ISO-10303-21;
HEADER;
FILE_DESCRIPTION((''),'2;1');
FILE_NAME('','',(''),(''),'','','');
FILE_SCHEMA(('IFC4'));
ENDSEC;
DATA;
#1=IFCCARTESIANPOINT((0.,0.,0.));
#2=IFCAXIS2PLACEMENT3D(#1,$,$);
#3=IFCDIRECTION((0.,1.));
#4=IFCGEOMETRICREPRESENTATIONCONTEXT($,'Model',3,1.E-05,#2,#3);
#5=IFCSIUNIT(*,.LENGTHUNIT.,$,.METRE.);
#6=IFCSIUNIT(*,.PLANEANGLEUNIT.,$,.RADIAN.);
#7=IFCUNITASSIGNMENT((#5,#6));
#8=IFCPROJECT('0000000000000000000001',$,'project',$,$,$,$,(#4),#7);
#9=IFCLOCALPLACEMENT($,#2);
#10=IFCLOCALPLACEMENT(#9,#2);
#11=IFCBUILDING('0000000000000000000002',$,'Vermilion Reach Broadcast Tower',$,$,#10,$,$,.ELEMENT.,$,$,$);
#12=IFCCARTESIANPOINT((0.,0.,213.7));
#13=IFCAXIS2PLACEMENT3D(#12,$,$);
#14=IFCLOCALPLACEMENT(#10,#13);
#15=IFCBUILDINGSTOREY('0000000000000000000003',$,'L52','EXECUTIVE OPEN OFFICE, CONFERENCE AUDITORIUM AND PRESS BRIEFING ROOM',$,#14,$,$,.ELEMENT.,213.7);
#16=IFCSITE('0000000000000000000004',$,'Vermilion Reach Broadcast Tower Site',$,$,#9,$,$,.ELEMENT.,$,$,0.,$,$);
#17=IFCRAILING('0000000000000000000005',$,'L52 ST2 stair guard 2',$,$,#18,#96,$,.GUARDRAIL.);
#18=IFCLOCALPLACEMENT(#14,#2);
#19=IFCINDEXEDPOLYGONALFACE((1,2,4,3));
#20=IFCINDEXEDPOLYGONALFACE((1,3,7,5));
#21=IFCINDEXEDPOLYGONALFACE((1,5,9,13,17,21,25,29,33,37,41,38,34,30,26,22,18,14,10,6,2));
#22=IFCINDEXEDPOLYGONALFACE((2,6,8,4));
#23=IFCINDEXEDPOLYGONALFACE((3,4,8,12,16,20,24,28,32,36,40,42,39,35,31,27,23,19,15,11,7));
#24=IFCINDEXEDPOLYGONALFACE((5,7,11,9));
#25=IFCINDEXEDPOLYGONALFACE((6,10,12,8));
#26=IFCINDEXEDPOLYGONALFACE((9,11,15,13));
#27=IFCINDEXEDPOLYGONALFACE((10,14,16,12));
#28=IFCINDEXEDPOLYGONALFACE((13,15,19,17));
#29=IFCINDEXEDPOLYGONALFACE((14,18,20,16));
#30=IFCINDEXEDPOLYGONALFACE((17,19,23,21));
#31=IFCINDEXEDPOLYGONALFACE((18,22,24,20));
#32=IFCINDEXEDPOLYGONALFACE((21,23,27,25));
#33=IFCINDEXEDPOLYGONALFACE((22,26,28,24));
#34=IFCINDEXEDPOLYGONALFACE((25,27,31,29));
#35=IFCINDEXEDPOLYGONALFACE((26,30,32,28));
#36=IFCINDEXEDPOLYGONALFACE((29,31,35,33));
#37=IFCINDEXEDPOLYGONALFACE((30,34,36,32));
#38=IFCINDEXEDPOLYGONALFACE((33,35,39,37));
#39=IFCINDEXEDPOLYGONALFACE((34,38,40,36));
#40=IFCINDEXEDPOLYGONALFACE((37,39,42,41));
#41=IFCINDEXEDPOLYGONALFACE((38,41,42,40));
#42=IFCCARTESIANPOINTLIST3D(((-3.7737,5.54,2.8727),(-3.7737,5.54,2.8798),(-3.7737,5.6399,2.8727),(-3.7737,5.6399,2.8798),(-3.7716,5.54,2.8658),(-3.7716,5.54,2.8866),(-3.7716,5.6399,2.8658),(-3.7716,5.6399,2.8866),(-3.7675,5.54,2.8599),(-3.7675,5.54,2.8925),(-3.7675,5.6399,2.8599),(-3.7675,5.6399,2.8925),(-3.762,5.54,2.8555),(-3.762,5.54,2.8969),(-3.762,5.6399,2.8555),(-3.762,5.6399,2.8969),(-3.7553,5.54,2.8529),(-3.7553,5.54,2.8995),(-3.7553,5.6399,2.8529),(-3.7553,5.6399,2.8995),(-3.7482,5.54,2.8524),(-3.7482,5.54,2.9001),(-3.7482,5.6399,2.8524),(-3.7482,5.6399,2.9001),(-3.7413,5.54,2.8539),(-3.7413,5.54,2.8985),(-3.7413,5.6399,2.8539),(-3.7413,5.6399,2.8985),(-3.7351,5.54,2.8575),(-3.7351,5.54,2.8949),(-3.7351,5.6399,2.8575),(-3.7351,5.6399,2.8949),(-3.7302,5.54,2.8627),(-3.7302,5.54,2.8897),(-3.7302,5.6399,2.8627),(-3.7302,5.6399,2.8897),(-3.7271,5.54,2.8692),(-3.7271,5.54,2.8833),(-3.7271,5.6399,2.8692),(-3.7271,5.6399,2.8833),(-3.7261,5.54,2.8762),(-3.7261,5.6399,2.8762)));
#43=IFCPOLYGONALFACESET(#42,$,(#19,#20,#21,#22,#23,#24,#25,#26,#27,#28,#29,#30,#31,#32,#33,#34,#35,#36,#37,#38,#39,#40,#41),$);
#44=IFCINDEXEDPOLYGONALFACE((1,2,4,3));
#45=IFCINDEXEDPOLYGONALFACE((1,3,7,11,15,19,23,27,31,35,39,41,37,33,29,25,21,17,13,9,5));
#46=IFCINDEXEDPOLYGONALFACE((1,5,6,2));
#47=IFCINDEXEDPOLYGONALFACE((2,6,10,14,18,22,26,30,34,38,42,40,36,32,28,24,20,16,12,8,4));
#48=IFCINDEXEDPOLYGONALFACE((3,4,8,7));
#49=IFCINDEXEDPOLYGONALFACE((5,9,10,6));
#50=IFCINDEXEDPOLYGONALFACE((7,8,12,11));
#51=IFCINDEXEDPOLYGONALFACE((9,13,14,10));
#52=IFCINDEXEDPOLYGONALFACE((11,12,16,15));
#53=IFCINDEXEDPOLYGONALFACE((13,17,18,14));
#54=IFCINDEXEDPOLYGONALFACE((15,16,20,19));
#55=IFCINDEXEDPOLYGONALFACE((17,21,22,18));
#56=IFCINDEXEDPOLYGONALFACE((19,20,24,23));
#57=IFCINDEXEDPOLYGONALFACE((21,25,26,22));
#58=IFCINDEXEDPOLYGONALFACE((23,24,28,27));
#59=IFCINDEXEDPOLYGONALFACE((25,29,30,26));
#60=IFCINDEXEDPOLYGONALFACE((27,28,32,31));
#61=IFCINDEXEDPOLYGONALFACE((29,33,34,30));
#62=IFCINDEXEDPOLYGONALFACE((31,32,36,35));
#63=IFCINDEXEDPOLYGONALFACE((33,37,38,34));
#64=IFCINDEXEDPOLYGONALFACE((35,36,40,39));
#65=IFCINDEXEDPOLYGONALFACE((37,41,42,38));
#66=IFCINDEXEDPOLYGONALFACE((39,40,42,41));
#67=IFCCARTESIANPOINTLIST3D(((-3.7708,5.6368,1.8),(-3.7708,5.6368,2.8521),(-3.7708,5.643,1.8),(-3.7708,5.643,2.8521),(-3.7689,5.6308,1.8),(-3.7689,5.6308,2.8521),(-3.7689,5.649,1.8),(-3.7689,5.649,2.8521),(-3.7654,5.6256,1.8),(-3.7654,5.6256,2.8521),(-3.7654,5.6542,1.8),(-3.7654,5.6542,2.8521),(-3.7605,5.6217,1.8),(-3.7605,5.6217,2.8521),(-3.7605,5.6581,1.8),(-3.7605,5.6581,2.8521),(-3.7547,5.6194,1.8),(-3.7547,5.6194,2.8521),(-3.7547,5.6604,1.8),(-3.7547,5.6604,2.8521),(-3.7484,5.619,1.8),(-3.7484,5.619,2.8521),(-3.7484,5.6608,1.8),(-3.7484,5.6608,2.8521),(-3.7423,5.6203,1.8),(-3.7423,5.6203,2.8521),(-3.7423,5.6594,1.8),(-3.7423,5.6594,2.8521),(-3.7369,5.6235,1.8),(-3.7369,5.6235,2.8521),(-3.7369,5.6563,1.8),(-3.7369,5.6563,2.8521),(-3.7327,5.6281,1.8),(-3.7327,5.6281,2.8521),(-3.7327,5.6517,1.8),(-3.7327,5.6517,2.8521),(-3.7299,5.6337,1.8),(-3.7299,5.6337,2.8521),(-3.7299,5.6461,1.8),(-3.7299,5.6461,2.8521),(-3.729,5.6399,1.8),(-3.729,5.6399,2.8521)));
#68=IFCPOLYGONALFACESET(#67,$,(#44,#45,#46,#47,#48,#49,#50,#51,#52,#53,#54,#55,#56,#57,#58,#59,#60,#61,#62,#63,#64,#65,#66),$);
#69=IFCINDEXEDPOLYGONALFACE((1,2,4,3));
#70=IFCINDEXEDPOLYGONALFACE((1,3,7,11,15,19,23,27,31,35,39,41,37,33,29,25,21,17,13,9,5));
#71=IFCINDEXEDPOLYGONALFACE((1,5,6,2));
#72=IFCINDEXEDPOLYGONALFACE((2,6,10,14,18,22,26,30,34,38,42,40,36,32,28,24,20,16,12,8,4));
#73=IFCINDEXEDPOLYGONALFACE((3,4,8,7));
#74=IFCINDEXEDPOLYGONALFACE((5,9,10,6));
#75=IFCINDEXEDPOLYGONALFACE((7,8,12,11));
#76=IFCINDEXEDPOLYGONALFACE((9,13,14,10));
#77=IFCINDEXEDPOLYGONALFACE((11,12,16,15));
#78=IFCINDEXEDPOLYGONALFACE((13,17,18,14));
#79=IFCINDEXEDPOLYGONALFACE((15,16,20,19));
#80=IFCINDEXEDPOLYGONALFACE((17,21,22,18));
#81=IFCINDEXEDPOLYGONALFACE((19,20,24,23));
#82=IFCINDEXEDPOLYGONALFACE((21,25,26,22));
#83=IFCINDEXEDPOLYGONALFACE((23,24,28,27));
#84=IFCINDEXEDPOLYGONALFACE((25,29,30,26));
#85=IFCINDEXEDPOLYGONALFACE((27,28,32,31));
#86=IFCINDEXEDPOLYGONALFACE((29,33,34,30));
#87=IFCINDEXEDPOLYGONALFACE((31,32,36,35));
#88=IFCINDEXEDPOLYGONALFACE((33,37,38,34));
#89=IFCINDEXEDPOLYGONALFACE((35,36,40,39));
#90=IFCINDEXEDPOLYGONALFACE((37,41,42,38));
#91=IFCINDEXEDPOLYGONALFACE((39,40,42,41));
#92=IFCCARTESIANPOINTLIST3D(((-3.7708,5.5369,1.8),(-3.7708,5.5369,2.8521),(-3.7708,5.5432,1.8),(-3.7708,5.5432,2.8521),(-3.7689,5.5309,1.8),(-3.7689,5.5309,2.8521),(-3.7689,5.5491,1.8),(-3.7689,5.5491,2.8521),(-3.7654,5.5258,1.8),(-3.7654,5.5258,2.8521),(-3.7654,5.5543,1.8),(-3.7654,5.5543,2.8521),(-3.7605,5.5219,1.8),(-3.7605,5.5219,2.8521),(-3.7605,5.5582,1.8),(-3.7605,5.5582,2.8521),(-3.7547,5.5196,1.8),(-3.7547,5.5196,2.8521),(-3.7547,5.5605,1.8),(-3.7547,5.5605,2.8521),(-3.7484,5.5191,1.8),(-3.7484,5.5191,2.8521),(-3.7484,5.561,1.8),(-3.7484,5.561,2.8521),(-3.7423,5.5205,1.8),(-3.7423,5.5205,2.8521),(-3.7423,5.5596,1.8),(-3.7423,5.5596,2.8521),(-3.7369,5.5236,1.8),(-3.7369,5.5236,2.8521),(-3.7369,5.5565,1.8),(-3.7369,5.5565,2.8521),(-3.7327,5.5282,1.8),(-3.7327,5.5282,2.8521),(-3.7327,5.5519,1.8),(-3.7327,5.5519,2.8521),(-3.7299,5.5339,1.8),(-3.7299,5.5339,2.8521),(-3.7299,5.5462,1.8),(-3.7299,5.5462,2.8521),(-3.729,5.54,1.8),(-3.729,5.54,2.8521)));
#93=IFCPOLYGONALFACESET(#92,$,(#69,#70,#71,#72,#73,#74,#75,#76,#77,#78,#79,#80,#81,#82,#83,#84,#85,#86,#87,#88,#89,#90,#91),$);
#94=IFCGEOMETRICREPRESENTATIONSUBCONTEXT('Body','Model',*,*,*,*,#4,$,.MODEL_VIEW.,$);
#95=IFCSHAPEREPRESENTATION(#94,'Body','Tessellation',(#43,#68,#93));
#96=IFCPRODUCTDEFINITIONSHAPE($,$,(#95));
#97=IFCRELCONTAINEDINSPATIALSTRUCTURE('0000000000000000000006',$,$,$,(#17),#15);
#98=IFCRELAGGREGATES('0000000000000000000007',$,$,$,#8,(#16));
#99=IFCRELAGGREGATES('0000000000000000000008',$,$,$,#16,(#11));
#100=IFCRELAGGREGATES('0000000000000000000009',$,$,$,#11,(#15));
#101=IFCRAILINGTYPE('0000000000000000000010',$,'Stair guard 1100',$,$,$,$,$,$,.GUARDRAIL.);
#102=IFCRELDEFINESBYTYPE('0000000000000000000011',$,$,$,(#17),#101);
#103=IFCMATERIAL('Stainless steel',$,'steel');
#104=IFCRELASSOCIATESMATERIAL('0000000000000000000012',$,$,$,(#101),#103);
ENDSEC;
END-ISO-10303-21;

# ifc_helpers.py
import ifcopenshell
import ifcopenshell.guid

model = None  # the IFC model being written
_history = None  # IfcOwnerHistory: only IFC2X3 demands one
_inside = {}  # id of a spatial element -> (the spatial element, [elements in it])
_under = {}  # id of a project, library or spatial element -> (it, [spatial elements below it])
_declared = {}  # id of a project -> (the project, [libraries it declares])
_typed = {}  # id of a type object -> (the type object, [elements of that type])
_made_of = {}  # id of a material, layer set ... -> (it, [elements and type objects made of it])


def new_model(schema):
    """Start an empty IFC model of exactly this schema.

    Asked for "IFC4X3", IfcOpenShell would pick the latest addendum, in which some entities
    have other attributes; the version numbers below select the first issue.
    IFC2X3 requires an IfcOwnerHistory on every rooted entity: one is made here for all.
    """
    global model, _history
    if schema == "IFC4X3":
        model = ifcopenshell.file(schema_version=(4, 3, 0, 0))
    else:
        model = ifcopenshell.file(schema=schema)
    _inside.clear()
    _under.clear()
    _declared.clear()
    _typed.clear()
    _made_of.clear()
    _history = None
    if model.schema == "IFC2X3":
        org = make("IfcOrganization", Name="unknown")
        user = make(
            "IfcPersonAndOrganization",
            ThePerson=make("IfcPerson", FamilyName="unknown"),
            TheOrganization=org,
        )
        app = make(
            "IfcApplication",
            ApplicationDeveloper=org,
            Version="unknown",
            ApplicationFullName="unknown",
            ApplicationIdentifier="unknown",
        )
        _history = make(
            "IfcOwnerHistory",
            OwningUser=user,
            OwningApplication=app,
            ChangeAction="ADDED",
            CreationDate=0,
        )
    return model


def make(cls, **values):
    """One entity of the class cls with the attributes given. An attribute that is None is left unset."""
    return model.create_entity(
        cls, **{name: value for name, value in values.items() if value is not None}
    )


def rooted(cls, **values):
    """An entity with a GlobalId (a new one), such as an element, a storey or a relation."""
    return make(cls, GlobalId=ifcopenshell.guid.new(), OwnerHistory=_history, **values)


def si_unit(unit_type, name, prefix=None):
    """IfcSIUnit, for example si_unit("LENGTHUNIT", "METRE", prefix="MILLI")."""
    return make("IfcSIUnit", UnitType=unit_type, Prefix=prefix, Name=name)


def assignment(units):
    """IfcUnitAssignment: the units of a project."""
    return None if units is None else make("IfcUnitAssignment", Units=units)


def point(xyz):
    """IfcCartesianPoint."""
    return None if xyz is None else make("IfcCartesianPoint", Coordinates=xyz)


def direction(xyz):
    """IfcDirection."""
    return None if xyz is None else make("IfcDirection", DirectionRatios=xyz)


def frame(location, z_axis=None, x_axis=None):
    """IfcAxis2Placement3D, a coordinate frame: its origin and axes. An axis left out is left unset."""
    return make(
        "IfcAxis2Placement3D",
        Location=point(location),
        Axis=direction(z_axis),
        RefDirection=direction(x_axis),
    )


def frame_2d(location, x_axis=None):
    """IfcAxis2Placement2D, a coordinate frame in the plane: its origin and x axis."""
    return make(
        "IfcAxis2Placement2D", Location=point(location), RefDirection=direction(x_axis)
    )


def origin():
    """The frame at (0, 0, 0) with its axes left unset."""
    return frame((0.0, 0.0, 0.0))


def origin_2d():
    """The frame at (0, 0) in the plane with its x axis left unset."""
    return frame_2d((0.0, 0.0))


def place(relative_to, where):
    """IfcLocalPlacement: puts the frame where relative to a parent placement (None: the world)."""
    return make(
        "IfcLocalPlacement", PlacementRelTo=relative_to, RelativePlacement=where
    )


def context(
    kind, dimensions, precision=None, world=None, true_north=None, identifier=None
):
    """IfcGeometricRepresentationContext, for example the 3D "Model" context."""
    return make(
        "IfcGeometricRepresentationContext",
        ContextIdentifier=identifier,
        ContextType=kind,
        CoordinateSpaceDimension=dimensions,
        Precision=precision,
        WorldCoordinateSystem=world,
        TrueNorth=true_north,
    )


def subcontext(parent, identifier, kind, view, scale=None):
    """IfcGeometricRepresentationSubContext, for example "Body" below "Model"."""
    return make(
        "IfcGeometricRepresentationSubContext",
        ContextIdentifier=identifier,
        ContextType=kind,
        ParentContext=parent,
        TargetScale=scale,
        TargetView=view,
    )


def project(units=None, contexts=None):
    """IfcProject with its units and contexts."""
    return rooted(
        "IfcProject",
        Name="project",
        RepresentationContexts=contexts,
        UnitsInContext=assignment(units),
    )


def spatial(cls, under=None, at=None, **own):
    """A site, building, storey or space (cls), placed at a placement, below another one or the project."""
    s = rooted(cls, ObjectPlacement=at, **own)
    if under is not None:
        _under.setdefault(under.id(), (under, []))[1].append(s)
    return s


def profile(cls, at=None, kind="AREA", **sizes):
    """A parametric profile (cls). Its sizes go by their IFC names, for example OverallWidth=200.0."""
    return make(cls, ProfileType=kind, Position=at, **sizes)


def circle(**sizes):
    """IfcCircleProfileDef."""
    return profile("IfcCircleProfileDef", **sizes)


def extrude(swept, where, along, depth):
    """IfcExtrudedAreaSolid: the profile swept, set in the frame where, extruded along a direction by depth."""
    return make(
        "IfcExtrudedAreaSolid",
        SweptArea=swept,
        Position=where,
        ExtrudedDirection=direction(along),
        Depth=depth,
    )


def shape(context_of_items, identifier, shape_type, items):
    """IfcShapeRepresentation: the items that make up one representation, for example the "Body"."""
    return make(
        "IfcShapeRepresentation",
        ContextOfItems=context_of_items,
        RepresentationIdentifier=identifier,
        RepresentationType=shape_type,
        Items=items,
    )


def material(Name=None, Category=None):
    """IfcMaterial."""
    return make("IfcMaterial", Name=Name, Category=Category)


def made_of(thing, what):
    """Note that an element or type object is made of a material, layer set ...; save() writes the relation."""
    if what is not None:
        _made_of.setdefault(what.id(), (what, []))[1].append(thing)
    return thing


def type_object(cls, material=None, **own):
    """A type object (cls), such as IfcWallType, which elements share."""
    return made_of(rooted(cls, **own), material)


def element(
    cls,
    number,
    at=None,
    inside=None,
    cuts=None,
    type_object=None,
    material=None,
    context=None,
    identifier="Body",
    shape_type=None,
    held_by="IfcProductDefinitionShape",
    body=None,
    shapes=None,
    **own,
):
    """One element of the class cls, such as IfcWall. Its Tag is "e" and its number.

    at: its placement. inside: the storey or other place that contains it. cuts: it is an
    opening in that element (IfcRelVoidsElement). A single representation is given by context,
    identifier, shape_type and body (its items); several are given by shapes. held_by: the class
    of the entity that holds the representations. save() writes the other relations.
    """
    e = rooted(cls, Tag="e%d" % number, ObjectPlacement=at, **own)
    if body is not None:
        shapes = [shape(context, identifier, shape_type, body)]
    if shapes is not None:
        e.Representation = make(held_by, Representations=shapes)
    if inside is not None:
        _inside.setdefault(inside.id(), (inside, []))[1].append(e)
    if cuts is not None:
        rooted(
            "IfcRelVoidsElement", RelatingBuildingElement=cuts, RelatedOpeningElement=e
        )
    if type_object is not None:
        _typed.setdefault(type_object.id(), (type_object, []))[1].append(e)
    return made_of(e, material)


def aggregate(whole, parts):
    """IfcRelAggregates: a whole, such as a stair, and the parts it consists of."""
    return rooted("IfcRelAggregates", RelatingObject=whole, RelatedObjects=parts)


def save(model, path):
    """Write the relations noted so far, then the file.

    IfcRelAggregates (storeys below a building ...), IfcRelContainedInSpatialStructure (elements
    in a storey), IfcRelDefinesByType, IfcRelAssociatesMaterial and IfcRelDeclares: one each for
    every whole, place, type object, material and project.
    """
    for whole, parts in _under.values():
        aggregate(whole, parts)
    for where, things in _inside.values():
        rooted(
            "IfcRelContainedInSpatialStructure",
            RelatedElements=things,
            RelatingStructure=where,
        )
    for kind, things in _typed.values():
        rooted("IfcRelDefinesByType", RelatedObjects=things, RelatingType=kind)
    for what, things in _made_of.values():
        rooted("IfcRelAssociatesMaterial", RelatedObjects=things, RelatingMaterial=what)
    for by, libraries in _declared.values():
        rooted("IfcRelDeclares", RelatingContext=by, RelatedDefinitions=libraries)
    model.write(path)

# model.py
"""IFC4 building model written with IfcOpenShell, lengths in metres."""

from ifc_helpers import new_model, si_unit, direction, frame, origin, origin_2d, place, context, subcontext, project, spatial, circle, extrude, material, type_object, element, save


model = new_model("IFC4")

# Units and contexts
model_context = context("Model", 3, precision=1e-05, world=origin(), true_north=direction((0.0, 1.0)))
body_context = subcontext(model_context, "Body", "Model", "MODEL_VIEW")
ifc_project = project(units=[si_unit("LENGTHUNIT", "METRE"), si_unit("PLANEANGLEUNIT", "RADIAN")], contexts=[model_context])

# Site, building, storey
site_placement = place(None, origin())
site = spatial("IfcSite", under=ifc_project, at=site_placement, Name="Vermilion Reach Broadcast Tower Site", CompositionType="ELEMENT", RefElevation=0.0)
building_placement = place(site_placement, origin())
building = spatial("IfcBuilding", under=site, at=building_placement, Name="Vermilion Reach Broadcast Tower", CompositionType="ELEMENT")
storey_placement = place(building_placement, frame((0.0, 0.0, 213.7)))
storey = spatial("IfcBuildingStorey", under=building, at=storey_placement, Name="L52", Description="EXECUTIVE OPEN OFFICE, CONFERENCE AUDITORIUM AND PRESS BRIEFING ROOM", CompositionType="ELEMENT", Elevation=213.7)

# Railing
ifc_material_1 = material(Name="Stainless steel", Category="steel")
railing_type_1 = type_object("IfcRailingType", Name="Stair guard 1100", PredefinedType="GUARDRAIL", material=ifc_material_1)
railing_1_placement = place(storey_placement, frame((-3.75, 5.6399, 1.8)))
element("IfcRailing", 1, at=railing_1_placement, inside=storey, type_object=railing_type_1, Name="L52 ST2 stair guard 2", PredefinedType="GUARDRAIL", context=body_context, shape_type="SweptSolid", body=[
    extrude(circle(Radius=0.0239, at=origin_2d()), frame((0.0, 0.0, 1.0762), z_axis=(0.0, -1.0, 0.0), x_axis=(1.0, 0.0, 0.0)), (0.0, 0.0, 1.0), 0.0999),
    extrude(circle(Radius=0.021, at=origin_2d()), origin(), (0.0, 0.0, 1.0), 1.052),
    extrude(circle(Radius=0.021, at=origin_2d()), frame((0.0, -0.0999, 0.0)), (0.0, 0.0, 1.0), 1.052),
])

save(model, "model.ifc")
